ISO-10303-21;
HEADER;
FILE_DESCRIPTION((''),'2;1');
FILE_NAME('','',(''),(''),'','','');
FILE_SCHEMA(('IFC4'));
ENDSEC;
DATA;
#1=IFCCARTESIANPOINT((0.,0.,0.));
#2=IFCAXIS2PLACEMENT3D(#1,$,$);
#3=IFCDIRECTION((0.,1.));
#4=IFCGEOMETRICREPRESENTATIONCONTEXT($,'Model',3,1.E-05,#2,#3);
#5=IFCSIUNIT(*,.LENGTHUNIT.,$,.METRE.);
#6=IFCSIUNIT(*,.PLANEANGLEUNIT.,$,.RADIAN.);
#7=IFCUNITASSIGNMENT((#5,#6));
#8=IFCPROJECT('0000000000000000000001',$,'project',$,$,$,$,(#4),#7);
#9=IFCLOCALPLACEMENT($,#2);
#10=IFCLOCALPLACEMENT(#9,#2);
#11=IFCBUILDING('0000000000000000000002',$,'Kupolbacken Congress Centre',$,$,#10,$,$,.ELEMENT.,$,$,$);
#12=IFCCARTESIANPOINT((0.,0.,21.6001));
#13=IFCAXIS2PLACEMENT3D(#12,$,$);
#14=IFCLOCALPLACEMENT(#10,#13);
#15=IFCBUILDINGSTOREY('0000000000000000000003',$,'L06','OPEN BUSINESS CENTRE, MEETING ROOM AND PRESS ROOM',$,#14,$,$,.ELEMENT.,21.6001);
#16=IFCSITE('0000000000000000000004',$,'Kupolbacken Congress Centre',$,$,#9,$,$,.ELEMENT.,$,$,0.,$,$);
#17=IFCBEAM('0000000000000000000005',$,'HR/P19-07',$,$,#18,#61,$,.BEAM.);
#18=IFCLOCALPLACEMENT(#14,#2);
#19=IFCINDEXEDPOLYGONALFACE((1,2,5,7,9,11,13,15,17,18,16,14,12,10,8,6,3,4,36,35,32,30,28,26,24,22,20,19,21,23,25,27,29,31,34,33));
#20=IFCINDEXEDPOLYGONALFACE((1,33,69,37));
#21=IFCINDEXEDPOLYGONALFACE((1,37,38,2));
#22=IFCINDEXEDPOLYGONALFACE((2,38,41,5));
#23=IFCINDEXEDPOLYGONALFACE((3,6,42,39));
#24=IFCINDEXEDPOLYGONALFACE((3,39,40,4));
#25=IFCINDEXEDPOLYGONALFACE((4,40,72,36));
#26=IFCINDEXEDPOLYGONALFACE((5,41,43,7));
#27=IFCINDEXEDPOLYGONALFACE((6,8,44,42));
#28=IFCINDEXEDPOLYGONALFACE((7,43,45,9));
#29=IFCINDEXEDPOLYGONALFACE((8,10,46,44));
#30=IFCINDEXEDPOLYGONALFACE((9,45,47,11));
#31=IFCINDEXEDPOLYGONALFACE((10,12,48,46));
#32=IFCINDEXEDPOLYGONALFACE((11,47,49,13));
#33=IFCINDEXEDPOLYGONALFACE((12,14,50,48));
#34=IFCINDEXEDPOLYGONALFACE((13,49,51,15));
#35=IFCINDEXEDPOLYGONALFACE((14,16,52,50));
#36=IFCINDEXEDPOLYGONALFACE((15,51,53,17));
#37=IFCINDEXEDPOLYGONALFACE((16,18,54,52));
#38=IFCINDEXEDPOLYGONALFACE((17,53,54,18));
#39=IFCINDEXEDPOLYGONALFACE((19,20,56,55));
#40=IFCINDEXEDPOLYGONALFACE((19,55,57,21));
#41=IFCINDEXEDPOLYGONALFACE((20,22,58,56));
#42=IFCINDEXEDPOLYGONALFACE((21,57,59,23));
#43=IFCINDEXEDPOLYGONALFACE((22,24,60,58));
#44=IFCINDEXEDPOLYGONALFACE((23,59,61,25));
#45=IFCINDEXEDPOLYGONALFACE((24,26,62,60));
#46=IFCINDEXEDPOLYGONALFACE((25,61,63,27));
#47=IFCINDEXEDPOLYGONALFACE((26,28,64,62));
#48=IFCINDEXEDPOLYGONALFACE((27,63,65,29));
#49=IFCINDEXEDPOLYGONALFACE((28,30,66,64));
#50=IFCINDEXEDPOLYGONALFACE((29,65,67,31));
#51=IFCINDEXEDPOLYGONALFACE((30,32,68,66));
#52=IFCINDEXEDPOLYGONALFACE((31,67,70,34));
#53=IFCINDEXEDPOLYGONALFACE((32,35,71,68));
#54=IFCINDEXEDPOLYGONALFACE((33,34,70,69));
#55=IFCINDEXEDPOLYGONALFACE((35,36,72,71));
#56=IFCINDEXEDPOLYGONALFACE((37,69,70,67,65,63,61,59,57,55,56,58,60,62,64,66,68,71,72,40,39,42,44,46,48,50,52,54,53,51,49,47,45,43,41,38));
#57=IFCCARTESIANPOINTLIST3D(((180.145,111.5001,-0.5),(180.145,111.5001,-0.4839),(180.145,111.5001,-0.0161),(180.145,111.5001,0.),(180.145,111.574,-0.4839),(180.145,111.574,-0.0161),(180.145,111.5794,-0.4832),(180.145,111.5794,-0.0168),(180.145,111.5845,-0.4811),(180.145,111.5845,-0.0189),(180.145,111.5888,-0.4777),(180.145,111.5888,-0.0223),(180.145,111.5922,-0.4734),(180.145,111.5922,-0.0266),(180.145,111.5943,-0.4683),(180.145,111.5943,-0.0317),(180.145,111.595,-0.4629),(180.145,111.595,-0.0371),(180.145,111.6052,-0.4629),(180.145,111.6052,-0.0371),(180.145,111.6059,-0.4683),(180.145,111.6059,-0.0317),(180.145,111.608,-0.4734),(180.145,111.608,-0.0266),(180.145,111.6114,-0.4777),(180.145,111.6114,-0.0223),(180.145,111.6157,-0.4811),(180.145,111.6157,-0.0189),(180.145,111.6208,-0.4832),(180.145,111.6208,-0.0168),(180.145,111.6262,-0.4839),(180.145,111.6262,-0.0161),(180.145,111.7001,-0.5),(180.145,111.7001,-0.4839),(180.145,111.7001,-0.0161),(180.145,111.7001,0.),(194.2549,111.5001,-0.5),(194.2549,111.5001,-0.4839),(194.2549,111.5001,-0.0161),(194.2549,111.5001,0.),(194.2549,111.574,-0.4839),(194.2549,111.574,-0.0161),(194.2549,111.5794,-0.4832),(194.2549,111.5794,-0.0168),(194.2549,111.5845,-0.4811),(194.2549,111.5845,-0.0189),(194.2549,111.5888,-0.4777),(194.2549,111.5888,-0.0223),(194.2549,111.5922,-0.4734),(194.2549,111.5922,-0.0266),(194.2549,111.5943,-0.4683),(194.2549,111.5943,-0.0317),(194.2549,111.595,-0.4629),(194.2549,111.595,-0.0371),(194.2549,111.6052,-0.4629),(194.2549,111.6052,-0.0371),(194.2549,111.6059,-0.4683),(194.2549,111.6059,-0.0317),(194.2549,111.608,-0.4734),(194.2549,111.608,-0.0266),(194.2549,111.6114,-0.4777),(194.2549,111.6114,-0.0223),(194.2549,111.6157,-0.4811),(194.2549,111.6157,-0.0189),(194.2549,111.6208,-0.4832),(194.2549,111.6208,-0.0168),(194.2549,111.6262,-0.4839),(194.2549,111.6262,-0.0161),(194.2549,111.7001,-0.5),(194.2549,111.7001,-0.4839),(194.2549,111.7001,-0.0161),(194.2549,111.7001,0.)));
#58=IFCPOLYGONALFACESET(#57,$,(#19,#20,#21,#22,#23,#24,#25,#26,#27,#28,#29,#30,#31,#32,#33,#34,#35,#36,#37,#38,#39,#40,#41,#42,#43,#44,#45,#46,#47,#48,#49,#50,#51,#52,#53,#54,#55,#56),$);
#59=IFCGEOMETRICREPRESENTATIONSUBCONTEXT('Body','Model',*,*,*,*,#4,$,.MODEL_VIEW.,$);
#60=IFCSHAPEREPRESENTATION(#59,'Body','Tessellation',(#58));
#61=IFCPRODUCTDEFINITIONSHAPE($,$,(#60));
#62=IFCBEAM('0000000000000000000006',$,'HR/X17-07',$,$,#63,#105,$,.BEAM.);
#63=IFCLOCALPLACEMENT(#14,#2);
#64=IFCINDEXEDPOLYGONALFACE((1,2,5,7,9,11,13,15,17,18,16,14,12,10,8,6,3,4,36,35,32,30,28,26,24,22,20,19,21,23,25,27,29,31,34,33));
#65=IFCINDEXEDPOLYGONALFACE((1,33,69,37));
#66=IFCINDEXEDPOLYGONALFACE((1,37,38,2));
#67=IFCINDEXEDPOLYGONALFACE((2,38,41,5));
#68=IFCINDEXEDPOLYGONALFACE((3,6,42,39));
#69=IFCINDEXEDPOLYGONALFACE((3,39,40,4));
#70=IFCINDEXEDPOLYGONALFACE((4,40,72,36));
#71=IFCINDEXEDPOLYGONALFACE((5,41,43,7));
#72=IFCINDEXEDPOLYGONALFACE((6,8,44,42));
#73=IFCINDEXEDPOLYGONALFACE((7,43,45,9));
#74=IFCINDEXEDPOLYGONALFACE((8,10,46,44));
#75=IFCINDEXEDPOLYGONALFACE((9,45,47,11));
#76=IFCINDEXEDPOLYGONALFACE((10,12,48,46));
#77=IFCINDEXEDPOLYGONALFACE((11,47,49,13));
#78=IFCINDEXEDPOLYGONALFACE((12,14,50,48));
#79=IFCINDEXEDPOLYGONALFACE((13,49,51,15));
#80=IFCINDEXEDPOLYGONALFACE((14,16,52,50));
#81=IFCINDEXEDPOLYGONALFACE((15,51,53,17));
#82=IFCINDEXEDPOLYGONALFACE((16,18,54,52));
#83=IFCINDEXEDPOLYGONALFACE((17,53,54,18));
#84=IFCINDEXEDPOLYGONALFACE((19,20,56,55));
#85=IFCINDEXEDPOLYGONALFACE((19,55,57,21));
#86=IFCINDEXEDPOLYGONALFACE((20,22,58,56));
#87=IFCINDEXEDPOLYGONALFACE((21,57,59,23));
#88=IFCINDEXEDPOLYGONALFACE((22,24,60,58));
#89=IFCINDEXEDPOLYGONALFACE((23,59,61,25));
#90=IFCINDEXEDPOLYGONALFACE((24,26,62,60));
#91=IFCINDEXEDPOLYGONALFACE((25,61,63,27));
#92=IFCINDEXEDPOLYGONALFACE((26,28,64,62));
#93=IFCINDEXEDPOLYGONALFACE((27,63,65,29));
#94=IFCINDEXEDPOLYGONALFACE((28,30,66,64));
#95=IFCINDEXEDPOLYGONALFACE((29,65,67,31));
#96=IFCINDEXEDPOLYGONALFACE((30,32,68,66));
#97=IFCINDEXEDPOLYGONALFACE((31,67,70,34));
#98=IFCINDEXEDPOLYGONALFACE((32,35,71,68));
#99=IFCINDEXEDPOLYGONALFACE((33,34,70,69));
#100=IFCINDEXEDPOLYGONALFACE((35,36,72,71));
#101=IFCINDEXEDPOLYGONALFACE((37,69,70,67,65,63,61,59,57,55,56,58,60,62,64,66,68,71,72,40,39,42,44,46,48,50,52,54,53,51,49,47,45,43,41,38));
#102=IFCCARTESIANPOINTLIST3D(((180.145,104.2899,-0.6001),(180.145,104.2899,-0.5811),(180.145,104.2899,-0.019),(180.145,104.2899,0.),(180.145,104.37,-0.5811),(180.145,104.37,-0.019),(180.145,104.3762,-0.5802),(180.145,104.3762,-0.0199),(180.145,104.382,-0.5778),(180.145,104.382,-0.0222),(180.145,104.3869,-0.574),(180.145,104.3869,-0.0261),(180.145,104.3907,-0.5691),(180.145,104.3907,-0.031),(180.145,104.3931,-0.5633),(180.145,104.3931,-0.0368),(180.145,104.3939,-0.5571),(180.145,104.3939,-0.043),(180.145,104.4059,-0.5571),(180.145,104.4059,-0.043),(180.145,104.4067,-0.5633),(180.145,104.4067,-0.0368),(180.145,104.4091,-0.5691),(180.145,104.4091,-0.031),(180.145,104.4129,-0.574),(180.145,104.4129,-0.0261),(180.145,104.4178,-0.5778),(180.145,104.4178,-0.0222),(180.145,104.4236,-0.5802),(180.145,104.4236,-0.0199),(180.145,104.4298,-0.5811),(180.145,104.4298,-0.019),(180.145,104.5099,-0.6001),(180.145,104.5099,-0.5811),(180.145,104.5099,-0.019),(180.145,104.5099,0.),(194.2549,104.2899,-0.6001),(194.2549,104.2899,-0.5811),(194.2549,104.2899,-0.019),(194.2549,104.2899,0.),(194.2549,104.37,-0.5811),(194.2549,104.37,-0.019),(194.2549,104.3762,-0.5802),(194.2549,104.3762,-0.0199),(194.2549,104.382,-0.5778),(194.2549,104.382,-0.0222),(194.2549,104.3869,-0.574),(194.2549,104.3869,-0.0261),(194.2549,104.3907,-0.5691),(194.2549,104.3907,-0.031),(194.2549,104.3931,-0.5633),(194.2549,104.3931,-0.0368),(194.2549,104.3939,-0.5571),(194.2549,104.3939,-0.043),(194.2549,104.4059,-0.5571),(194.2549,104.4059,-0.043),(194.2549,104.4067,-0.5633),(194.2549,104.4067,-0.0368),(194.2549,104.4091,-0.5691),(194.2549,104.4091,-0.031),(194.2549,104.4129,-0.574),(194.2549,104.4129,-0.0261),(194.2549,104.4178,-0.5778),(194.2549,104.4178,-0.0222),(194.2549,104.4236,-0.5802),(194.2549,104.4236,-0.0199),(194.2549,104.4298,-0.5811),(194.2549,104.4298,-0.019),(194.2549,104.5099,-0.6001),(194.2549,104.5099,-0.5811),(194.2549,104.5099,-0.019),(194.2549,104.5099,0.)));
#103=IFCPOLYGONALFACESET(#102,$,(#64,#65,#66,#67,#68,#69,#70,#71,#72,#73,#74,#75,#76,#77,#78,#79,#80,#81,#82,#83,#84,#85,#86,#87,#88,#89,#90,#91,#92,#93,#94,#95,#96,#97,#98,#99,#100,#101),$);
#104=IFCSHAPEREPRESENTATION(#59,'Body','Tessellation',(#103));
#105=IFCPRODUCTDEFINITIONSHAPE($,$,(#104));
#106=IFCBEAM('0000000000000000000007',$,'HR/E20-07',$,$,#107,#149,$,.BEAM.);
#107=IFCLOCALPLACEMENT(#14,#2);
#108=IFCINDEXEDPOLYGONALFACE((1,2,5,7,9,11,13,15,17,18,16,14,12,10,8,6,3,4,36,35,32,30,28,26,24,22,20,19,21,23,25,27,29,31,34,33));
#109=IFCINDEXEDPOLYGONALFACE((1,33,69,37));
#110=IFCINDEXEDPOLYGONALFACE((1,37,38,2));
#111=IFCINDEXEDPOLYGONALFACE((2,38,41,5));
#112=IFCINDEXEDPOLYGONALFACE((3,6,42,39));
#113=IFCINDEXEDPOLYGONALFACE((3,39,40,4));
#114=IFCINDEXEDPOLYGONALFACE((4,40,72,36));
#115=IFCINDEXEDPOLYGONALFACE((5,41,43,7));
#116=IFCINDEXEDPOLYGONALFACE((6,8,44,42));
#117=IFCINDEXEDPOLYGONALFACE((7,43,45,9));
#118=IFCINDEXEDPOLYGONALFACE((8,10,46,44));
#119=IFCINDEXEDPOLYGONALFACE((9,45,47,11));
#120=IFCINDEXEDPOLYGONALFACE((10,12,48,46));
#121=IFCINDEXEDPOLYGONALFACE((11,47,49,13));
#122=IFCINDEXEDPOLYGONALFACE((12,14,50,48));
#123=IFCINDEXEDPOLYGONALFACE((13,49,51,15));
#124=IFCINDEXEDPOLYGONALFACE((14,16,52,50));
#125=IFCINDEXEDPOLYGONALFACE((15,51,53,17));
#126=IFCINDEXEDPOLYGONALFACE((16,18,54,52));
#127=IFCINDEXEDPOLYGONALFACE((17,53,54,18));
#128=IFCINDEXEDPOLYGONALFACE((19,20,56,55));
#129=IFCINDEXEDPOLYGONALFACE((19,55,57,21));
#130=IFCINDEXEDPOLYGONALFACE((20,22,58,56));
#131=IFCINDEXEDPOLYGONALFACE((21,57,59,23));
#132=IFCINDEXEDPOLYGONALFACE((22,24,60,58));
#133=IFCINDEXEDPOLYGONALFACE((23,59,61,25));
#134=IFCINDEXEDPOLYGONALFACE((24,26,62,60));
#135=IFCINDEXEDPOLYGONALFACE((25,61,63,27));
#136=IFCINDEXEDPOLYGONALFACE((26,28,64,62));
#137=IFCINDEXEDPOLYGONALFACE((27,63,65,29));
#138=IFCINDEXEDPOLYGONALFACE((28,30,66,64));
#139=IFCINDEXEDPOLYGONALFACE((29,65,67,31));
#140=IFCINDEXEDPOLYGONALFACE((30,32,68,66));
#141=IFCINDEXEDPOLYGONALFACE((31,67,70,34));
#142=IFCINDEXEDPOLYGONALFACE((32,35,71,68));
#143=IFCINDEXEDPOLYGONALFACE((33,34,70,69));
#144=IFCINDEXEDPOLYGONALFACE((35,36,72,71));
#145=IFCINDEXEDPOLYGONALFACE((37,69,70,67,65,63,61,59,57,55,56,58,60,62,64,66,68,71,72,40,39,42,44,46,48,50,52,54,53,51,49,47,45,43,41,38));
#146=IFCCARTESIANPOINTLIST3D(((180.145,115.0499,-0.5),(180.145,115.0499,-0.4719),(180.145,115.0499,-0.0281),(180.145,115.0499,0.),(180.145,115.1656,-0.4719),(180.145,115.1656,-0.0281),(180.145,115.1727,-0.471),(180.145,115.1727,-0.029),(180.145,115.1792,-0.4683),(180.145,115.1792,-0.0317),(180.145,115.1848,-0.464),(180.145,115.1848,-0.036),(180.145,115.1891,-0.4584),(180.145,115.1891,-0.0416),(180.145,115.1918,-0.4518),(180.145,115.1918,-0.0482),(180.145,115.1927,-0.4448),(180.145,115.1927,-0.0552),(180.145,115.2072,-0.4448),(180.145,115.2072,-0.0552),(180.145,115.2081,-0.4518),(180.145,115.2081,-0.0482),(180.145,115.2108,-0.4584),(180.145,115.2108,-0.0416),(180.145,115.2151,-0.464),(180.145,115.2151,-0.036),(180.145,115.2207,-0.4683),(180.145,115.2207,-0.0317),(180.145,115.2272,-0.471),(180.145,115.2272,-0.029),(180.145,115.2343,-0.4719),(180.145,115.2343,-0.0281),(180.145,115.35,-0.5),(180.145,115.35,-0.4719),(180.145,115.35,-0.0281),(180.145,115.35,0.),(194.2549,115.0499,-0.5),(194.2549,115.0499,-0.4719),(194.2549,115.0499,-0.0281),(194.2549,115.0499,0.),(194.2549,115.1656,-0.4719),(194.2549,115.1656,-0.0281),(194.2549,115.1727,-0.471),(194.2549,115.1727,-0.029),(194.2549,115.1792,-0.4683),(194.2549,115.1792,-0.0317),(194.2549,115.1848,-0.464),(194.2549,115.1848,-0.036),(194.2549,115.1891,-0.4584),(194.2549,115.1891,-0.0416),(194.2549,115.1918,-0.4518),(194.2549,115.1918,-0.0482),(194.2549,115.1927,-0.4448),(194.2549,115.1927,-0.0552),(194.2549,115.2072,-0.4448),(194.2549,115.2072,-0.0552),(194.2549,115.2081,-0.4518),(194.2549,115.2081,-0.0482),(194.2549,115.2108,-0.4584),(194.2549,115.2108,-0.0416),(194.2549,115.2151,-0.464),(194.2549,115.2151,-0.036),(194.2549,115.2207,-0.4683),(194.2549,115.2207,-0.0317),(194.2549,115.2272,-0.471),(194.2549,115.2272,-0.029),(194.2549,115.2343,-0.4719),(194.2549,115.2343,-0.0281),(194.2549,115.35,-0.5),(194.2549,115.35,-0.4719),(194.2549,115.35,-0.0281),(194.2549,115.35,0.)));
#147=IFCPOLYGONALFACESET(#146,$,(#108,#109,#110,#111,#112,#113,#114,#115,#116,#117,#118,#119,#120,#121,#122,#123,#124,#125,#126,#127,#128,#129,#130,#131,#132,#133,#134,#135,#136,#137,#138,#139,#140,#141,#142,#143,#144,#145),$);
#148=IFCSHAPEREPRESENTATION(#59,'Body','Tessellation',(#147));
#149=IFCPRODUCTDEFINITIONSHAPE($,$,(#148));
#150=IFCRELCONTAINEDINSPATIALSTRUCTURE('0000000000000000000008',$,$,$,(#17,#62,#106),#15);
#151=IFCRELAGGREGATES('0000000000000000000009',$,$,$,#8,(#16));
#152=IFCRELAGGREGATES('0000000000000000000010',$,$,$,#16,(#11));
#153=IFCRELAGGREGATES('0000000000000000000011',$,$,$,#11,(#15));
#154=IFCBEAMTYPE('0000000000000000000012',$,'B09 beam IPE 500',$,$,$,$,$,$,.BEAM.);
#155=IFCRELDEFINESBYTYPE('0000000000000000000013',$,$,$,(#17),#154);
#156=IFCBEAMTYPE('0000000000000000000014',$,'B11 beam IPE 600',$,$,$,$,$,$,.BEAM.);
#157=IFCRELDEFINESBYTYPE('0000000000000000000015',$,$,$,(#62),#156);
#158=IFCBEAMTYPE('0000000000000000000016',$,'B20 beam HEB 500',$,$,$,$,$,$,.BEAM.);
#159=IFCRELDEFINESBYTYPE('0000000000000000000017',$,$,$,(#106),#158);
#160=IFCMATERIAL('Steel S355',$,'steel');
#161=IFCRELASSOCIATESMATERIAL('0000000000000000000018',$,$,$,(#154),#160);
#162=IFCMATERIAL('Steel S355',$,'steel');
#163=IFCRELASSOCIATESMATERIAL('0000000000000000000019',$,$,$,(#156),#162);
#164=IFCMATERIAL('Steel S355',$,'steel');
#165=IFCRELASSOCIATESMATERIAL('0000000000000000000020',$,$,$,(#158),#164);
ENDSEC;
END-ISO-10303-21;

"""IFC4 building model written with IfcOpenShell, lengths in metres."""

from ifc_helpers import new_model, si_unit, direction, frame, origin, origin_2d, place, context, subcontext, project, spatial, i_section, extrude, material, material_profile, profile_set, type_object, element, save


model = new_model("IFC4")

# Units and contexts
model_context = context("Model", 3, precision=1e-05, world=origin(), true_north=direction((0.0, 1.0)))
body_context = subcontext(model_context, "Body", "Model", "MODEL_VIEW")
ifc_project = project(units=[si_unit("LENGTHUNIT", "METRE"), si_unit("PLANEANGLEUNIT", "RADIAN")], contexts=[model_context])

# Site, building, storey
site_placement = place(None, origin())
site = spatial("IfcSite", under=ifc_project, at=site_placement, Name="Kupolbacken Congress Centre", CompositionType="ELEMENT", RefElevation=0.0)
building_placement = place(site_placement, origin())
building = spatial("IfcBuilding", under=site, at=building_placement, Name="Kupolbacken Congress Centre", CompositionType="ELEMENT")
storey_placement = place(building_placement, frame((0.0, 0.0, 21.6001)))
storey = spatial("IfcBuildingStorey", under=building, at=storey_placement, Name="L06", Description="OPEN BUSINESS CENTRE, MEETING ROOM AND PRESS ROOM", CompositionType="ELEMENT", Elevation=21.6001)

# Beams
ifc_material_1 = material(Name="Steel S355", Category="steel")
ifc_material_profile_1 = material_profile(ifc_material_1, i_section(OverallWidth=0.2, OverallDepth=0.5, WebThickness=0.0103, FlangeThickness=0.0161, FilletRadius=0.021, at=origin_2d()), Name="IPE 500")
ifc_profile_set_1 = profile_set([ifc_material_profile_1], Name="Steel S355")
beam_type_1 = type_object("IfcBeamType", Name="B09 beam IPE 500", PredefinedType="BEAM", material=ifc_profile_set_1)
for number, where, z_axis, x_axis, name in (
    (1, (180.145, 111.6001, -0.25), (1.0, 0.0, 0.0), (0.0, 1.0, 0.0), "HR/P19-07"),
):
    element("IfcBeam", number, at=place(storey_placement, frame(where, z_axis=z_axis, x_axis=x_axis)), inside=storey, type_object=beam_type_1, Name=name, PredefinedType="BEAM", context=body_context, shape_type="SweptSolid", body=[
        extrude(i_section(OverallWidth=0.2, OverallDepth=0.5, WebThickness=0.0103, FlangeThickness=0.0161, FilletRadius=0.021, at=origin_2d()), origin(), (0.0, 0.0, 1.0), 14.1099),
    ])
ifc_material_2 = material(Name="Steel S355", Category="steel")
ifc_material_profile_2 = material_profile(ifc_material_2, i_section(OverallWidth=0.22, OverallDepth=0.6001, WebThickness=0.012, FlangeThickness=0.019, FilletRadius=0.0239, at=origin_2d()), Name="IPE 600")
ifc_profile_set_2 = profile_set([ifc_material_profile_2], Name="Steel S355")
beam_type_2 = type_object("IfcBeamType", Name="B11 beam IPE 600", PredefinedType="BEAM", material=ifc_profile_set_2)
beam_1_placement = place(storey_placement, frame((180.145, 104.3999, -0.3), z_axis=(1.0, 0.0, 0.0), x_axis=(0.0, 1.0, 0.0)))
element("IfcBeam", 2, at=beam_1_placement, inside=storey, type_object=beam_type_2, Name="HR/X17-07", PredefinedType="BEAM", context=body_context, shape_type="SweptSolid", body=[
    extrude(i_section(OverallWidth=0.22, OverallDepth=0.6001, WebThickness=0.012, FlangeThickness=0.019, FilletRadius=0.0239, at=origin_2d()), origin(), (0.0, 0.0, 1.0), 14.1099),
])
ifc_material_3 = material(Name="Steel S355", Category="steel")
ifc_material_profile_3 = material_profile(ifc_material_3, i_section(OverallWidth=0.3, OverallDepth=0.5, WebThickness=0.0144, FlangeThickness=0.0281, FilletRadius=0.0271, at=origin_2d()), Name="HEB 500")
ifc_profile_set_3 = profile_set([ifc_material_profile_3], Name="Steel S355")
beam_type_3 = type_object("IfcBeamType", Name="B20 beam HEB 500", PredefinedType="BEAM", material=ifc_profile_set_3)
beam_2_placement = place(storey_placement, frame((180.145, 115.2, -0.25), z_axis=(1.0, 0.0, 0.0), x_axis=(0.0, 1.0, 0.0)))
element("IfcBeam", 3, at=beam_2_placement, inside=storey, type_object=beam_type_3, Name="HR/E20-07", PredefinedType="BEAM", context=body_context, shape_type="SweptSolid", body=[
    extrude(i_section(OverallWidth=0.3, OverallDepth=0.5, WebThickness=0.0144, FlangeThickness=0.0281, FilletRadius=0.0271, at=origin_2d()), origin(), (0.0, 0.0, 1.0), 14.1099),
])

save(model, "model.ifc")
